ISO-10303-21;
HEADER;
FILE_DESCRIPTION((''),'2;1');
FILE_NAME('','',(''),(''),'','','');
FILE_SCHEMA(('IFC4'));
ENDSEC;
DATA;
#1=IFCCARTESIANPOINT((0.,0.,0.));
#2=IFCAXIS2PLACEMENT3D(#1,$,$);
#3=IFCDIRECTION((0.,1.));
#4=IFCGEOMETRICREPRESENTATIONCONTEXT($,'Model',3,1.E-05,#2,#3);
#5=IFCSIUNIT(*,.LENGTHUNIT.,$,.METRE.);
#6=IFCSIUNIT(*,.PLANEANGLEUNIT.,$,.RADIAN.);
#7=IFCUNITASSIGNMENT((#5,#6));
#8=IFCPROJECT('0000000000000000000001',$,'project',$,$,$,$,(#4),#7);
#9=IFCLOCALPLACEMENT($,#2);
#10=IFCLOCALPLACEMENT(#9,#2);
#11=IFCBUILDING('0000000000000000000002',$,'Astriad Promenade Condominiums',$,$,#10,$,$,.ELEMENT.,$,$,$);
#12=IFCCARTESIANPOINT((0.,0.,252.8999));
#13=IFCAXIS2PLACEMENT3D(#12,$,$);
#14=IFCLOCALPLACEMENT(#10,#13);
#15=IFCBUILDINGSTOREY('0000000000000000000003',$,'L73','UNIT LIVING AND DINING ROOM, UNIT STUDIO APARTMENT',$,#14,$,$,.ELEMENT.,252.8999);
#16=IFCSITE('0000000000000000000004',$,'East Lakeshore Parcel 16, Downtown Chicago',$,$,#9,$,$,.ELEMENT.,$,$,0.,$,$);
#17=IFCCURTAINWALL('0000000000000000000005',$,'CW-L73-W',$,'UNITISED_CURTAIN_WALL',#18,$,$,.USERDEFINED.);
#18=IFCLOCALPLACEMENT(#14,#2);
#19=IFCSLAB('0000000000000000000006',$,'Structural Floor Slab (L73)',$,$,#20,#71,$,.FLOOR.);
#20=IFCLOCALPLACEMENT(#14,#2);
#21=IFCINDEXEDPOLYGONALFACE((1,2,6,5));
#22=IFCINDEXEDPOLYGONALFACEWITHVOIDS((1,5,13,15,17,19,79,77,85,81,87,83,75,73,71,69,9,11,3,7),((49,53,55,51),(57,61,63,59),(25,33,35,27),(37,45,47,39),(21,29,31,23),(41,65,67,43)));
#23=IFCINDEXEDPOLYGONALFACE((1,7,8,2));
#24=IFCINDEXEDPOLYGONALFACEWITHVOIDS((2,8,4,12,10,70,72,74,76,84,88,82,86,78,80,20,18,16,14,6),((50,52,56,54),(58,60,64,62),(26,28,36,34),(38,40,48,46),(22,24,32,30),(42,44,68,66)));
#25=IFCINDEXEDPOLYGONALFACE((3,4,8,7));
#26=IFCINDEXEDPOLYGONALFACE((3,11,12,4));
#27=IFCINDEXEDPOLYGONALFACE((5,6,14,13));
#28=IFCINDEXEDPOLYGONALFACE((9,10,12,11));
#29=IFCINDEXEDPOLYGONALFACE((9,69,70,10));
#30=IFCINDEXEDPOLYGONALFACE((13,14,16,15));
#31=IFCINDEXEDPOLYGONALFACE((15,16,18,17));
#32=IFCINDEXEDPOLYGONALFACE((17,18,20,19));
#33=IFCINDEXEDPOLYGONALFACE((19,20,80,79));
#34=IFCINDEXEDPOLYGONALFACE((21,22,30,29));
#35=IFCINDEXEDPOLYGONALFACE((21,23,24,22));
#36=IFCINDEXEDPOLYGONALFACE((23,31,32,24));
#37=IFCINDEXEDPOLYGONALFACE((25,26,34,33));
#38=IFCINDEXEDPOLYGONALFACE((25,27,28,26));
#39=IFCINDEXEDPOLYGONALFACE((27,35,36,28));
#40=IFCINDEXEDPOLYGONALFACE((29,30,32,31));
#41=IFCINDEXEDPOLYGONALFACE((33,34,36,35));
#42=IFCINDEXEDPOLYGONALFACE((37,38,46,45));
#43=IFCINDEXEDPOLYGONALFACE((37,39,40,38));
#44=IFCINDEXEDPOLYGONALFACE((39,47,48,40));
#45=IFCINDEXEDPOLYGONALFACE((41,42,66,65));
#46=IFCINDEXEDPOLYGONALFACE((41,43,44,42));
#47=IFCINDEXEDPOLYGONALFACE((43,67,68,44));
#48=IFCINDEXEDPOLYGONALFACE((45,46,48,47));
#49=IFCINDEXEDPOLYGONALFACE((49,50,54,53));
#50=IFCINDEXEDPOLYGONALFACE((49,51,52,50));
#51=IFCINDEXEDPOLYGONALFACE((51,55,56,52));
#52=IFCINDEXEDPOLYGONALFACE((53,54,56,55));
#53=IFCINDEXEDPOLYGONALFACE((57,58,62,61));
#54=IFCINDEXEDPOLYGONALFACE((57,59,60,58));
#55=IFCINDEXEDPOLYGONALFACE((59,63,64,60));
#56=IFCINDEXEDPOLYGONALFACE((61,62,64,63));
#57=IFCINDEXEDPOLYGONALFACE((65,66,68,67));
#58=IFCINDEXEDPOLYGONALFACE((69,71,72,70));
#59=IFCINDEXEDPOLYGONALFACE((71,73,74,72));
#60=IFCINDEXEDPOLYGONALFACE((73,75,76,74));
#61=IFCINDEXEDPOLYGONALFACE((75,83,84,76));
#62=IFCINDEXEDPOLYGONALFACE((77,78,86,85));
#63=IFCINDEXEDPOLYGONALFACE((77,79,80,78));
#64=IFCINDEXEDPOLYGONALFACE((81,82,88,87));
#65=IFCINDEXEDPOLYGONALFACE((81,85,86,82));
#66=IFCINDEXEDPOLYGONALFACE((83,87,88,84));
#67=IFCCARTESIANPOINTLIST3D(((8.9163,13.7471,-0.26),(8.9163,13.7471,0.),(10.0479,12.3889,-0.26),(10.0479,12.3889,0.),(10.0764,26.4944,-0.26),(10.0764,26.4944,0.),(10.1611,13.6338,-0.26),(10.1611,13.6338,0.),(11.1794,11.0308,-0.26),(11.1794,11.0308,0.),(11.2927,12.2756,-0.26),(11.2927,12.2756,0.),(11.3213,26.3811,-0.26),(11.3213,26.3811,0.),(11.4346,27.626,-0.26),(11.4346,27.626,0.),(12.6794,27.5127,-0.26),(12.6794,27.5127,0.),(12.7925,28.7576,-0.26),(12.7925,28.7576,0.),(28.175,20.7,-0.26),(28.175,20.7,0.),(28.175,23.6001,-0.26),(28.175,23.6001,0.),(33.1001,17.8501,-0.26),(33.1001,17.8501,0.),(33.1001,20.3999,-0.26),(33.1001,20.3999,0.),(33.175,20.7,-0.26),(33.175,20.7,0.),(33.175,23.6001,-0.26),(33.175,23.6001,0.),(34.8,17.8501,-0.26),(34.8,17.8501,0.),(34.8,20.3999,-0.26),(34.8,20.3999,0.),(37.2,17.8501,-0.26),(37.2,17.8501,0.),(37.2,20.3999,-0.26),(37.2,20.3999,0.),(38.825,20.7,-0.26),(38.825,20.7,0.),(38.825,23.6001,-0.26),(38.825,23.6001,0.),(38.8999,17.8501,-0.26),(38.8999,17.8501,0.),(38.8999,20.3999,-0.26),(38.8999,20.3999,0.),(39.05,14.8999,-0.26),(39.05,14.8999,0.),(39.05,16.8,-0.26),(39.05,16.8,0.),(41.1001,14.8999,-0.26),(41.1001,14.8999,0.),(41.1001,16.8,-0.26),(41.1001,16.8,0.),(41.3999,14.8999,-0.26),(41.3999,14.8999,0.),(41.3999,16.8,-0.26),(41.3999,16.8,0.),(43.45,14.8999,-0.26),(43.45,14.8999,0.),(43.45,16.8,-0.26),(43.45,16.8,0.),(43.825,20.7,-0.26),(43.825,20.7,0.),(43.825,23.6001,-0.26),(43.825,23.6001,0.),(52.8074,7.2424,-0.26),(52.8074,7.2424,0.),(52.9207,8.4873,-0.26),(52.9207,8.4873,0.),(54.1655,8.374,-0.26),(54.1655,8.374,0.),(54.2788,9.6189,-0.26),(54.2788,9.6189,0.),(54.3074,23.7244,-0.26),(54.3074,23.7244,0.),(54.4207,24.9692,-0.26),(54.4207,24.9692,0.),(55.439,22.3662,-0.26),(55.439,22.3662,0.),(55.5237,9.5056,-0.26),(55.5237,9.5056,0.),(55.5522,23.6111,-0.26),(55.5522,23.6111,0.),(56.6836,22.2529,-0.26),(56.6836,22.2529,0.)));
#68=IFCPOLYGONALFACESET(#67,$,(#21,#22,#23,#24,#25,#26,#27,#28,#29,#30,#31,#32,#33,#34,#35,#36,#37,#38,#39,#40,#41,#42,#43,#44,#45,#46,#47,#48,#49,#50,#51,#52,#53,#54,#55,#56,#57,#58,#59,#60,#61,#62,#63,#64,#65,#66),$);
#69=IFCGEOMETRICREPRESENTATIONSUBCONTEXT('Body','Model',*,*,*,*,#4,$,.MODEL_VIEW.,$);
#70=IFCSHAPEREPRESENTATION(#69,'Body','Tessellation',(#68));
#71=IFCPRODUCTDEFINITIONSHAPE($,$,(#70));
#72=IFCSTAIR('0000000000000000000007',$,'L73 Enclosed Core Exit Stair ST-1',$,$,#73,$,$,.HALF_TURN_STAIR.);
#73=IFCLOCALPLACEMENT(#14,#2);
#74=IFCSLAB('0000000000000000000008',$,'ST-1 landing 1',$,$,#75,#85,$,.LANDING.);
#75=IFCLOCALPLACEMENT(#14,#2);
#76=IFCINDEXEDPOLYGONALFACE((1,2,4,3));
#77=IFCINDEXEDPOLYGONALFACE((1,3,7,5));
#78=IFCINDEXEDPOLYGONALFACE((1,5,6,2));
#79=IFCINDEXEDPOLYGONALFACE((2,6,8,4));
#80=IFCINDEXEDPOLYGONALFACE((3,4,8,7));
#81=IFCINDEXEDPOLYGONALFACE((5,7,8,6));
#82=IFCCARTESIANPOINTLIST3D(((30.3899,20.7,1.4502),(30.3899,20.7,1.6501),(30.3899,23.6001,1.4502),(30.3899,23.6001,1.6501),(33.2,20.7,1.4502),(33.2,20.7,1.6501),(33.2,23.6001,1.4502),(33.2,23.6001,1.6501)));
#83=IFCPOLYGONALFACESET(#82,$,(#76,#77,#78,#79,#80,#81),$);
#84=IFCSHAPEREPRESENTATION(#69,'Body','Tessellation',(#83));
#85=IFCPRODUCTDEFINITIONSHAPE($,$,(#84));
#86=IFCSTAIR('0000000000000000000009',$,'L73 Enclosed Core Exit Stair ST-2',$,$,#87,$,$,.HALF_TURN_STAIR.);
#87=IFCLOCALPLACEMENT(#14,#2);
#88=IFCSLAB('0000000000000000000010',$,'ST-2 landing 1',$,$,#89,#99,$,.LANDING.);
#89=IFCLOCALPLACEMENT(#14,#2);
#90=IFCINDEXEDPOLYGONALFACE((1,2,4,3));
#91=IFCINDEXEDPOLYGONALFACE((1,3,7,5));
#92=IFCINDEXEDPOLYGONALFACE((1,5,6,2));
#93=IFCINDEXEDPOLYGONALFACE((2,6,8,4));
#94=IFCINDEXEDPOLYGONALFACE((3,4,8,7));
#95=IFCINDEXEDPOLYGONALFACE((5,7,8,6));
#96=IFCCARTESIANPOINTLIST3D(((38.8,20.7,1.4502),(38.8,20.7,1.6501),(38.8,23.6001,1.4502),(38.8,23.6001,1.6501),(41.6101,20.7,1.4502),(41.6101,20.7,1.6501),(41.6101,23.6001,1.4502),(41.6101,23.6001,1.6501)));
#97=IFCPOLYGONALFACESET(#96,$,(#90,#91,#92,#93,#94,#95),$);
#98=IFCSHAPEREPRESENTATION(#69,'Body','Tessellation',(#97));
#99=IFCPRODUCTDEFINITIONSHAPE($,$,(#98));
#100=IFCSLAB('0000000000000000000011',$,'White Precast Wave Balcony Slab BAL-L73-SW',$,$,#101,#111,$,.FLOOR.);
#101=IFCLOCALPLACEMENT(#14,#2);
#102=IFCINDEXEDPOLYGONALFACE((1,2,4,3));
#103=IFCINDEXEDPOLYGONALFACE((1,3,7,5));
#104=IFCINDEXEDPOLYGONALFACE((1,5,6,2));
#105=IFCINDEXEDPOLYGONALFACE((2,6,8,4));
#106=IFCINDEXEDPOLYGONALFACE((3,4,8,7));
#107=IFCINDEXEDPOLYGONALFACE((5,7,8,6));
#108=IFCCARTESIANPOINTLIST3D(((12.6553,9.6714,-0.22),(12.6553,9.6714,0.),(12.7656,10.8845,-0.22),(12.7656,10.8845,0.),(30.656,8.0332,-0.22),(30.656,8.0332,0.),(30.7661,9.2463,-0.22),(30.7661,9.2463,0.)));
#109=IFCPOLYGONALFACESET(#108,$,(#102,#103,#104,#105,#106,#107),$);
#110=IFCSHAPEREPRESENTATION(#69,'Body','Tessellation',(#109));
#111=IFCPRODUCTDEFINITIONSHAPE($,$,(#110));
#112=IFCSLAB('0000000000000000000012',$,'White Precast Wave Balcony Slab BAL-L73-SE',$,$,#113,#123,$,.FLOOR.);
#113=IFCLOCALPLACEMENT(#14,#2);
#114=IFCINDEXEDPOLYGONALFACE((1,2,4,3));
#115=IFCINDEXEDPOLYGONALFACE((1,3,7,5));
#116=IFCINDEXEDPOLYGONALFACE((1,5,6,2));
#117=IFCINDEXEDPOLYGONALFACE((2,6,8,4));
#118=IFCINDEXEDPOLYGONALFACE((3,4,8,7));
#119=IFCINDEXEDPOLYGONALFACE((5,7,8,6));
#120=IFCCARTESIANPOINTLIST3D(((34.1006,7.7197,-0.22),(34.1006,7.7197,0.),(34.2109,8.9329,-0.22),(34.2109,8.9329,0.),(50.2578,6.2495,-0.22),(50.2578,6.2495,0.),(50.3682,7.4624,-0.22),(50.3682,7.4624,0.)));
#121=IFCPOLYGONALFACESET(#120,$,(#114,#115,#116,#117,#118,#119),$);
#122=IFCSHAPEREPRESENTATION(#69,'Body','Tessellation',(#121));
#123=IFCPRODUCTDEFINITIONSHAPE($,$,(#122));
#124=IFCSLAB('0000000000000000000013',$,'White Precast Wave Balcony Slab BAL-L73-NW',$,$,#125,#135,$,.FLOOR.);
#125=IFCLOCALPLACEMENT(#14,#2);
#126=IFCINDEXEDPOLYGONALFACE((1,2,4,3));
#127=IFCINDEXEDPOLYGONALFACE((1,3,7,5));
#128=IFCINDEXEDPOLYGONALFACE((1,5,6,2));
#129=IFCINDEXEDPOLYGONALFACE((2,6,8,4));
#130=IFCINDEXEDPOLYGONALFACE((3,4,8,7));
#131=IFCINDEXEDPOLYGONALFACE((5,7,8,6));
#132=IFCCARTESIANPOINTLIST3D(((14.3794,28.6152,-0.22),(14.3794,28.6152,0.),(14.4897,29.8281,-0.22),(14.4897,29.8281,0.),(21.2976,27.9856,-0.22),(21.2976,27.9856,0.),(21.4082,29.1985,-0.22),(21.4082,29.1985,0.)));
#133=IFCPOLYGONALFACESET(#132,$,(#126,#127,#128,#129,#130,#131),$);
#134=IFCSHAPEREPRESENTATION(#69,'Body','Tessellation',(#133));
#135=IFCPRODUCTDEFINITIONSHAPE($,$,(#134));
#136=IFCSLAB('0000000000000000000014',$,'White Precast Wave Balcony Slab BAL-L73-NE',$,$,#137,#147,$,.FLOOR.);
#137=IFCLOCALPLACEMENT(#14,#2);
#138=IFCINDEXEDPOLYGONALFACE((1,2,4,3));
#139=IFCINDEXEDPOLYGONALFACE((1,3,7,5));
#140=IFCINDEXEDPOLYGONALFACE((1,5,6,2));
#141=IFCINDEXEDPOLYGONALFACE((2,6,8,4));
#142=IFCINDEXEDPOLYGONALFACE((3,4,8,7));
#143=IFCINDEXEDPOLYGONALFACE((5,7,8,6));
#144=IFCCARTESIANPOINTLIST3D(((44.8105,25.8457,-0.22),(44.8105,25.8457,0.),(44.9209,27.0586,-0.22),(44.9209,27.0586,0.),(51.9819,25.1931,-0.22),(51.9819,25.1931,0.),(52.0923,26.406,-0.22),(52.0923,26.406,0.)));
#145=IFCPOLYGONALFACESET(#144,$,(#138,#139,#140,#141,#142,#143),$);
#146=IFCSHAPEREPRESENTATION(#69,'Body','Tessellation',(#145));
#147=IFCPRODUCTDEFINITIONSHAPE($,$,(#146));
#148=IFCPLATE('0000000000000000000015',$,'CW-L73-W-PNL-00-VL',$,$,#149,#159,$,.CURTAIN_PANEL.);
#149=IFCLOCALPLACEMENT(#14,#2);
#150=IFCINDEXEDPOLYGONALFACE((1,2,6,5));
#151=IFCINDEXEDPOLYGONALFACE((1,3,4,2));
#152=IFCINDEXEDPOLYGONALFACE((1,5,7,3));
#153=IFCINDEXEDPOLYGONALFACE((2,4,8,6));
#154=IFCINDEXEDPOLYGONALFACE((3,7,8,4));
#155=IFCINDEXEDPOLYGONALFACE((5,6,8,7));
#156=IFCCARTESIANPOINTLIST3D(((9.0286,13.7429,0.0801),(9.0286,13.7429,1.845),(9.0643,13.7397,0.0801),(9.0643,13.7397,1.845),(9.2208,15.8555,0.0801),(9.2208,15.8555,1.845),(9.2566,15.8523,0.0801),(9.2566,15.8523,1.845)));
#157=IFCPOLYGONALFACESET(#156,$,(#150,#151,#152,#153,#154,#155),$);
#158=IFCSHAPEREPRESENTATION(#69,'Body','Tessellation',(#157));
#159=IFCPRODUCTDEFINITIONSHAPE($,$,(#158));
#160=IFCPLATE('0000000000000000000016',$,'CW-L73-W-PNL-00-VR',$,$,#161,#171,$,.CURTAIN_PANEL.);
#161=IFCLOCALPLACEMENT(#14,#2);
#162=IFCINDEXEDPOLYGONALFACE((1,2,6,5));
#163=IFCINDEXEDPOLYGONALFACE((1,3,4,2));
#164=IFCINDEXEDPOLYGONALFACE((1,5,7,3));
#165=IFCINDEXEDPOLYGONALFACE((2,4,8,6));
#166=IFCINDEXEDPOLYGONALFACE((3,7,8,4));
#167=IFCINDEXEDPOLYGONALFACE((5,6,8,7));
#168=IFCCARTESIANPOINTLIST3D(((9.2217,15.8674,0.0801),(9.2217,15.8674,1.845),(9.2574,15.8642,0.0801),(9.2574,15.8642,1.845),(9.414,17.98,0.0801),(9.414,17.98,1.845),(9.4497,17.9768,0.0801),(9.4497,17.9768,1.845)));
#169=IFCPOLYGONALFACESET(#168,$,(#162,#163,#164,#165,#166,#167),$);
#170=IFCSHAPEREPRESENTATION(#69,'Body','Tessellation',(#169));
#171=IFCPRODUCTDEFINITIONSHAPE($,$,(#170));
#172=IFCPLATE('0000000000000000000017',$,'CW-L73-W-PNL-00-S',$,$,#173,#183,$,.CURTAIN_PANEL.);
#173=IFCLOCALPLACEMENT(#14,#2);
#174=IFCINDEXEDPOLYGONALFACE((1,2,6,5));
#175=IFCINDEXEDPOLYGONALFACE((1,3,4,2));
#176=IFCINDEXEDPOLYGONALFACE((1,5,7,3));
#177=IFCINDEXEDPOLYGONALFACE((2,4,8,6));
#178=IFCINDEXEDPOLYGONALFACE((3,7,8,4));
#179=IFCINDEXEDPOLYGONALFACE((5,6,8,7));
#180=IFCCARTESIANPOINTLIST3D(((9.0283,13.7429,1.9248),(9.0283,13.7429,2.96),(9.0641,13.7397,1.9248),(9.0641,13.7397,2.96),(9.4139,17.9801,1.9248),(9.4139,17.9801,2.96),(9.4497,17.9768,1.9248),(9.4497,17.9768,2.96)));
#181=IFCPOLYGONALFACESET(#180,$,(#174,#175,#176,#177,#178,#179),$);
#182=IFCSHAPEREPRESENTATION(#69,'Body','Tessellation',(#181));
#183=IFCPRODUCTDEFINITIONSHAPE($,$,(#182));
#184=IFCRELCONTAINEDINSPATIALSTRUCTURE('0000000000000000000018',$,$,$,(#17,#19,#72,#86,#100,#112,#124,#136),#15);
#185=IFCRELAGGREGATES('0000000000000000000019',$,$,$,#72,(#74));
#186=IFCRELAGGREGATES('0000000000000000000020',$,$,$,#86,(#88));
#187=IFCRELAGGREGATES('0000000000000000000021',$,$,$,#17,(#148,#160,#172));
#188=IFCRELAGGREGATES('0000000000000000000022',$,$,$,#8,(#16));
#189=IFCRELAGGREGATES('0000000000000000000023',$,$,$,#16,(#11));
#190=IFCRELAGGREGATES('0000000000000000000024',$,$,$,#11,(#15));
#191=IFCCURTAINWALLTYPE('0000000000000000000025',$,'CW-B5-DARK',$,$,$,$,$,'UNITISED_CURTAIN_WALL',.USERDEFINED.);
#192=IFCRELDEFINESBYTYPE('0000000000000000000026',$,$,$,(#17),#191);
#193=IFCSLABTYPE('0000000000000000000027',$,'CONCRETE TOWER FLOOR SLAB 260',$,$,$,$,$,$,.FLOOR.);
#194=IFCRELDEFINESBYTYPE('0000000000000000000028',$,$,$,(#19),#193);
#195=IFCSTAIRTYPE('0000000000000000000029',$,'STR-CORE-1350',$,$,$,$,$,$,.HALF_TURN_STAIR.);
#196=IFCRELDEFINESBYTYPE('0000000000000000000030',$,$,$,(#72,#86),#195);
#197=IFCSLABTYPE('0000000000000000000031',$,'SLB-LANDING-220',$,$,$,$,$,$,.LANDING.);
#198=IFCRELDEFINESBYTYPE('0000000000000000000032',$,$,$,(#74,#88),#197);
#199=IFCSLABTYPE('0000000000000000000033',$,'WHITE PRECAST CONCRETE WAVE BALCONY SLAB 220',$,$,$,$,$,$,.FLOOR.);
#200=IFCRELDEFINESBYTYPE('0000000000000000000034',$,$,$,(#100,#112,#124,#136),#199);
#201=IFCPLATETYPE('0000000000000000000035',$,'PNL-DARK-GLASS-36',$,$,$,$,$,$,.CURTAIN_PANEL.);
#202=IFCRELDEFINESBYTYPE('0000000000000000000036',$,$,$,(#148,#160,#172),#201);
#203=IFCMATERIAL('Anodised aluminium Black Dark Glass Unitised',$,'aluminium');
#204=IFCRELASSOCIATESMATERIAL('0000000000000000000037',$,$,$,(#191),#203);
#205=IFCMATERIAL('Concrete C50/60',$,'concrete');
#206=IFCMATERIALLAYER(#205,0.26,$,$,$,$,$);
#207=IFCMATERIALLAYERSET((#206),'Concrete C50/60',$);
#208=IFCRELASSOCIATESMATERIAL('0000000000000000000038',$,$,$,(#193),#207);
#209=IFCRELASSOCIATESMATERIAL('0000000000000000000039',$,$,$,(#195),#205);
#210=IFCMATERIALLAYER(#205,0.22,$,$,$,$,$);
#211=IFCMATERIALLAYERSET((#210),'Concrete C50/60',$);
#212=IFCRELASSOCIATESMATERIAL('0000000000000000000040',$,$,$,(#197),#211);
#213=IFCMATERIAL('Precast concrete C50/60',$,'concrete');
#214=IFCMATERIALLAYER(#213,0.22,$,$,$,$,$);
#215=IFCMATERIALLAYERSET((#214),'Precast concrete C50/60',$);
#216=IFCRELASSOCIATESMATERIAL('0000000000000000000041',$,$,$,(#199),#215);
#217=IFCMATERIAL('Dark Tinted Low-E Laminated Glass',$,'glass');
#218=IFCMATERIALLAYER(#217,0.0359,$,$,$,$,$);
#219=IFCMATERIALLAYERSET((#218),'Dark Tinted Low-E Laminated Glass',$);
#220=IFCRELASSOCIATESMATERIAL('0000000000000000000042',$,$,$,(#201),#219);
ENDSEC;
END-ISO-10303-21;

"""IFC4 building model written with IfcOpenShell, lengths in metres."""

from ifc_helpers import new_model, si_unit, direction, frame, origin, origin_2d, place, context, subcontext, project, spatial, polyline, rectangle, outline, extrude, source, transform, mapped, material, layer, layer_set, type_object, type_shapes, element, aggregate, save


model = new_model("IFC4")

# Units and contexts
model_context = context("Model", 3, precision=1e-05, world=origin(), true_north=direction((0.0, 1.0)))
body_context = subcontext(model_context, "Body", "Model", "MODEL_VIEW")
ifc_project = project(units=[si_unit("LENGTHUNIT", "METRE"), si_unit("PLANEANGLEUNIT", "RADIAN")], contexts=[model_context])

# Site, building, storey
site_placement = place(None, origin())
site = spatial("IfcSite", under=ifc_project, at=site_placement, Name="East Lakeshore Parcel 16, Downtown Chicago", CompositionType="ELEMENT", RefElevation=0.0)
building_placement = place(site_placement, origin())
building = spatial("IfcBuilding", under=site, at=building_placement, Name="Astriad Promenade Condominiums", CompositionType="ELEMENT")
storey_placement = place(building_placement, frame((0.0, 0.0, 252.8999)))
storey = spatial("IfcBuildingStorey", under=building, at=storey_placement, Name="L73", Description="UNIT LIVING AND DINING ROOM, UNIT STUDIO APARTMENT", CompositionType="ELEMENT", Elevation=252.8999)

# Shared definitions
ifc_material_1 = material(Name="Concrete C50/60", Category="concrete")

# Curtain wall
ifc_material_2 = material(Name="Anodised aluminium Black Dark Glass Unitised", Category="aluminium")
curtain_wall_type = type_object("IfcCurtainWallType", Name="CW-B5-DARK", ElementType="UNITISED_CURTAIN_WALL", PredefinedType="USERDEFINED", material=ifc_material_2)
curtain_wall_placement = place(storey_placement, origin())
curtain_wall = element("IfcCurtainWall", 1, at=curtain_wall_placement, inside=storey, type_object=curtain_wall_type, Name="CW-L73-W", ObjectType="UNITISED_CURTAIN_WALL", PredefinedType="USERDEFINED")

# Slab
ifc_layer_1 = layer(ifc_material_1, 0.26)
ifc_layer_set_1 = layer_set([ifc_layer_1], Name="Concrete C50/60")
slab_type_1 = type_object("IfcSlabType", Name="CONCRETE TOWER FLOOR SLAB 260", PredefinedType="FLOOR", material=ifc_layer_set_1)
slab_1_placement = place(storey_placement, frame((0.0, 0.0, -0.26)))
element("IfcSlab", 2, at=slab_1_placement, inside=storey, type_object=slab_type_1, Name="Structural Floor Slab (L73)", PredefinedType="FLOOR", context=body_context, shape_type="SweptSolid", body=[
    extrude(outline(polyline([(11.1794, 11.0308), (52.8074, 7.2424), (52.9207, 8.4873), (54.1655, 8.374), (54.2788, 9.6189), (55.5237, 9.5056), (56.6836, 22.2529), (55.439, 22.3662), (55.5522, 23.6111), (54.3074, 23.7244), (54.4207, 24.9692), (12.7925, 28.7576), (12.6794, 27.5127), (11.4346, 27.626), (11.3213, 26.3811), (10.0764, 26.4944), (8.9163, 13.7471), (10.1611, 13.6338), (10.0479, 12.3889), (11.2927, 12.2756), (11.1794, 11.0308)]), holes=[polyline([(28.175, 20.7), (33.175, 20.7), (33.175, 23.6001), (28.175, 23.6001), (28.175, 20.7)]), polyline([(38.825, 20.7), (43.825, 20.7), (43.825, 23.6001), (38.825, 23.6001), (38.825, 20.7)]), polyline([(33.1001, 17.8501), (34.8, 17.8501), (34.8, 20.3999), (33.1001, 20.3999), (33.1001, 17.8501)]), polyline([(37.2, 17.8501), (38.8999, 17.8501), (38.8999, 20.3999), (37.2, 20.3999), (37.2, 17.8501)]), polyline([(39.05, 14.8999), (41.1001, 14.8999), (41.1001, 16.8), (39.05, 16.8), (39.05, 14.8999)]), polyline([(41.3999, 14.8999), (43.45, 14.8999), (43.45, 16.8), (41.3999, 16.8), (41.3999, 14.8999)])]), origin(), (0.0, 0.0, 1.0), 0.26),
])

# Stairs, slabs
stair_type = type_object("IfcStairType", Name="STR-CORE-1350", PredefinedType="HALF_TURN_STAIR", material=ifc_material_1)
stair_1_placement = place(storey_placement, origin())
stair_1 = element("IfcStair", 3, at=stair_1_placement, inside=storey, type_object=stair_type, Name="L73 Enclosed Core Exit Stair ST-1", PredefinedType="HALF_TURN_STAIR")
ifc_layer_2 = layer(ifc_material_1, 0.22)
ifc_layer_set_2 = layer_set([ifc_layer_2], Name="Concrete C50/60")
slab_type_2 = type_object("IfcSlabType", Name="SLB-LANDING-220", PredefinedType="LANDING", material=ifc_layer_set_2)
slab_2_placement = place(storey_placement, frame((0.0, 0.0, 1.4502)))
slab_2 = element("IfcSlab", 4, at=slab_2_placement, type_object=slab_type_2, Name="ST-1 landing 1", PredefinedType="LANDING", context=body_context, shape_type="SweptSolid", body=[
    extrude(outline(polyline([(30.3899, 20.7), (33.2, 20.7), (33.2, 23.6001), (30.3899, 23.6001), (30.3899, 20.7)])), origin(), (0.0, 0.0, 1.0), 0.2),
])
aggregate(stair_1, [slab_2])
stair_2_placement = place(storey_placement, origin())
stair_2 = element("IfcStair", 5, at=stair_2_placement, inside=storey, type_object=stair_type, Name="L73 Enclosed Core Exit Stair ST-2", PredefinedType="HALF_TURN_STAIR")
slab_3_placement = place(storey_placement, frame((0.0, 0.0, 1.4502)))
slab_3 = element("IfcSlab", 6, at=slab_3_placement, type_object=slab_type_2, Name="ST-2 landing 1", PredefinedType="LANDING", context=body_context, shape_type="SweptSolid", body=[
    extrude(outline(polyline([(41.6101, 23.6001), (38.8, 23.6001), (38.8, 20.7), (41.6101, 20.7), (41.6101, 23.6001)])), origin(), (0.0, 0.0, 1.0), 0.2),
])
aggregate(stair_2, [slab_3])

# Slabs
ifc_material_3 = material(Name="Precast concrete C50/60", Category="concrete")
ifc_layer_3 = layer(ifc_material_3, 0.22)
ifc_layer_set_3 = layer_set([ifc_layer_3], Name="Precast concrete C50/60")
slab_type_3 = type_object("IfcSlabType", Name="WHITE PRECAST CONCRETE WAVE BALCONY SLAB 220", PredefinedType="FLOOR", material=ifc_layer_set_3)
slab_4_placement = place(storey_placement, frame((0.0, 0.0, -0.22)))
element("IfcSlab", 7, at=slab_4_placement, inside=storey, type_object=slab_type_3, Name="White Precast Wave Balcony Slab BAL-L73-SW", PredefinedType="FLOOR", context=body_context, shape_type="SweptSolid", body=[
    extrude(outline(polyline([(30.656, 8.0332), (12.6553, 9.6714), (12.7656, 10.8845), (30.7661, 9.2463), (30.656, 8.0332)])), origin(), (0.0, 0.0, 1.0), 0.22),
])
slab_5_placement = place(storey_placement, frame((0.0, 0.0, -0.22)))
element("IfcSlab", 8, at=slab_5_placement, inside=storey, type_object=slab_type_3, Name="White Precast Wave Balcony Slab BAL-L73-SE", PredefinedType="FLOOR", context=body_context, shape_type="SweptSolid", body=[
    extrude(outline(polyline([(50.2578, 6.2495), (34.1006, 7.7197), (34.2109, 8.9329), (50.3682, 7.4624), (50.2578, 6.2495)])), origin(), (0.0, 0.0, 1.0), 0.22),
])
slab_6_placement = place(storey_placement, frame((0.0, 0.0, -0.22)))
element("IfcSlab", 9, at=slab_6_placement, inside=storey, type_object=slab_type_3, Name="White Precast Wave Balcony Slab BAL-L73-NW", PredefinedType="FLOOR", context=body_context, shape_type="SweptSolid", body=[
    extrude(outline(polyline([(14.4897, 29.8281), (21.4082, 29.1985), (21.2976, 27.9856), (14.3794, 28.6152), (14.4897, 29.8281)])), origin(), (0.0, 0.0, 1.0), 0.22),
])
slab_7_placement = place(storey_placement, frame((0.0, 0.0, -0.22)))
element("IfcSlab", 10, at=slab_7_placement, inside=storey, type_object=slab_type_3, Name="White Precast Wave Balcony Slab BAL-L73-NE", PredefinedType="FLOOR", context=body_context, shape_type="SweptSolid", body=[
    extrude(outline(polyline([(44.9209, 27.0586), (52.0923, 26.406), (51.9819, 25.1931), (44.8105, 25.8457), (44.9209, 27.0586)])), origin(), (0.0, 0.0, 1.0), 0.22),
])

# Plates
ifc_material_4 = material(Name="Dark Tinted Low-E Laminated Glass", Category="glass")
ifc_layer_4 = layer(ifc_material_4, 0.0359)
ifc_layer_set_4 = layer_set([ifc_layer_4], Name="Dark Tinted Low-E Laminated Glass")
plate_type = type_object("IfcPlateType", Name="PNL-DARK-GLASS-36", PredefinedType="CURTAIN_PANEL", material=ifc_layer_set_4)
shared_shape_1 = source(origin(), body_context, "Body", "SweptSolid", [
    extrude(rectangle(XDim=2.1213, YDim=0.0359, at=origin_2d()), origin(), (0.0, 0.0, 1.0), 1.7649),
])
plate_1_placement = place(storey_placement, frame((9.1426, 14.7976, 0.0801), z_axis=(0.0, 0.0, 1.0), x_axis=(0.090633, 0.995884, 0.0)))
plate_1 = element("IfcPlate", 11, at=plate_1_placement, type_object=plate_type, Name="CW-L73-W-PNL-00-VL", PredefinedType="CURTAIN_PANEL", context=body_context, shape_type="MappedRepresentation", body=[
    mapped(shared_shape_1, transform((0.0, 0.0, 0.0), scale=1.0)),
])
plate_2_placement = place(storey_placement, frame((9.3357, 16.9221, 0.0801), z_axis=(0.0, 0.0, 1.0), x_axis=(0.090633, 0.995884, 0.0)))
plate_2 = element("IfcPlate", 12, at=plate_2_placement, type_object=plate_type, Name="CW-L73-W-PNL-00-VR", PredefinedType="CURTAIN_PANEL", context=body_context, shape_type="MappedRepresentation", body=[
    mapped(shared_shape_1, transform((0.0, 0.0, 0.0), scale=1.0)),
])
shared_shape_2 = source(origin(), body_context, "Body", "SweptSolid", [
    extrude(rectangle(XDim=4.2546, YDim=0.0359, at=origin_2d()), origin(), (0.0, 0.0, 1.0), 1.0352),
])
type_shapes(plate_type, [shared_shape_1, shared_shape_2])
plate_3_placement = place(storey_placement, frame((9.239, 15.8599, 1.9248), z_axis=(0.0, 0.0, 1.0), x_axis=(0.090633, 0.995884, 0.0)))
plate_3 = element("IfcPlate", 13, at=plate_3_placement, type_object=plate_type, Name="CW-L73-W-PNL-00-S", PredefinedType="CURTAIN_PANEL", context=body_context, shape_type="MappedRepresentation", body=[
    mapped(shared_shape_2, transform((0.0, 0.0, 0.0), scale=1.0)),
])
aggregate(curtain_wall, [plate_1, plate_2, plate_3])

save(model, "model.ifc")
